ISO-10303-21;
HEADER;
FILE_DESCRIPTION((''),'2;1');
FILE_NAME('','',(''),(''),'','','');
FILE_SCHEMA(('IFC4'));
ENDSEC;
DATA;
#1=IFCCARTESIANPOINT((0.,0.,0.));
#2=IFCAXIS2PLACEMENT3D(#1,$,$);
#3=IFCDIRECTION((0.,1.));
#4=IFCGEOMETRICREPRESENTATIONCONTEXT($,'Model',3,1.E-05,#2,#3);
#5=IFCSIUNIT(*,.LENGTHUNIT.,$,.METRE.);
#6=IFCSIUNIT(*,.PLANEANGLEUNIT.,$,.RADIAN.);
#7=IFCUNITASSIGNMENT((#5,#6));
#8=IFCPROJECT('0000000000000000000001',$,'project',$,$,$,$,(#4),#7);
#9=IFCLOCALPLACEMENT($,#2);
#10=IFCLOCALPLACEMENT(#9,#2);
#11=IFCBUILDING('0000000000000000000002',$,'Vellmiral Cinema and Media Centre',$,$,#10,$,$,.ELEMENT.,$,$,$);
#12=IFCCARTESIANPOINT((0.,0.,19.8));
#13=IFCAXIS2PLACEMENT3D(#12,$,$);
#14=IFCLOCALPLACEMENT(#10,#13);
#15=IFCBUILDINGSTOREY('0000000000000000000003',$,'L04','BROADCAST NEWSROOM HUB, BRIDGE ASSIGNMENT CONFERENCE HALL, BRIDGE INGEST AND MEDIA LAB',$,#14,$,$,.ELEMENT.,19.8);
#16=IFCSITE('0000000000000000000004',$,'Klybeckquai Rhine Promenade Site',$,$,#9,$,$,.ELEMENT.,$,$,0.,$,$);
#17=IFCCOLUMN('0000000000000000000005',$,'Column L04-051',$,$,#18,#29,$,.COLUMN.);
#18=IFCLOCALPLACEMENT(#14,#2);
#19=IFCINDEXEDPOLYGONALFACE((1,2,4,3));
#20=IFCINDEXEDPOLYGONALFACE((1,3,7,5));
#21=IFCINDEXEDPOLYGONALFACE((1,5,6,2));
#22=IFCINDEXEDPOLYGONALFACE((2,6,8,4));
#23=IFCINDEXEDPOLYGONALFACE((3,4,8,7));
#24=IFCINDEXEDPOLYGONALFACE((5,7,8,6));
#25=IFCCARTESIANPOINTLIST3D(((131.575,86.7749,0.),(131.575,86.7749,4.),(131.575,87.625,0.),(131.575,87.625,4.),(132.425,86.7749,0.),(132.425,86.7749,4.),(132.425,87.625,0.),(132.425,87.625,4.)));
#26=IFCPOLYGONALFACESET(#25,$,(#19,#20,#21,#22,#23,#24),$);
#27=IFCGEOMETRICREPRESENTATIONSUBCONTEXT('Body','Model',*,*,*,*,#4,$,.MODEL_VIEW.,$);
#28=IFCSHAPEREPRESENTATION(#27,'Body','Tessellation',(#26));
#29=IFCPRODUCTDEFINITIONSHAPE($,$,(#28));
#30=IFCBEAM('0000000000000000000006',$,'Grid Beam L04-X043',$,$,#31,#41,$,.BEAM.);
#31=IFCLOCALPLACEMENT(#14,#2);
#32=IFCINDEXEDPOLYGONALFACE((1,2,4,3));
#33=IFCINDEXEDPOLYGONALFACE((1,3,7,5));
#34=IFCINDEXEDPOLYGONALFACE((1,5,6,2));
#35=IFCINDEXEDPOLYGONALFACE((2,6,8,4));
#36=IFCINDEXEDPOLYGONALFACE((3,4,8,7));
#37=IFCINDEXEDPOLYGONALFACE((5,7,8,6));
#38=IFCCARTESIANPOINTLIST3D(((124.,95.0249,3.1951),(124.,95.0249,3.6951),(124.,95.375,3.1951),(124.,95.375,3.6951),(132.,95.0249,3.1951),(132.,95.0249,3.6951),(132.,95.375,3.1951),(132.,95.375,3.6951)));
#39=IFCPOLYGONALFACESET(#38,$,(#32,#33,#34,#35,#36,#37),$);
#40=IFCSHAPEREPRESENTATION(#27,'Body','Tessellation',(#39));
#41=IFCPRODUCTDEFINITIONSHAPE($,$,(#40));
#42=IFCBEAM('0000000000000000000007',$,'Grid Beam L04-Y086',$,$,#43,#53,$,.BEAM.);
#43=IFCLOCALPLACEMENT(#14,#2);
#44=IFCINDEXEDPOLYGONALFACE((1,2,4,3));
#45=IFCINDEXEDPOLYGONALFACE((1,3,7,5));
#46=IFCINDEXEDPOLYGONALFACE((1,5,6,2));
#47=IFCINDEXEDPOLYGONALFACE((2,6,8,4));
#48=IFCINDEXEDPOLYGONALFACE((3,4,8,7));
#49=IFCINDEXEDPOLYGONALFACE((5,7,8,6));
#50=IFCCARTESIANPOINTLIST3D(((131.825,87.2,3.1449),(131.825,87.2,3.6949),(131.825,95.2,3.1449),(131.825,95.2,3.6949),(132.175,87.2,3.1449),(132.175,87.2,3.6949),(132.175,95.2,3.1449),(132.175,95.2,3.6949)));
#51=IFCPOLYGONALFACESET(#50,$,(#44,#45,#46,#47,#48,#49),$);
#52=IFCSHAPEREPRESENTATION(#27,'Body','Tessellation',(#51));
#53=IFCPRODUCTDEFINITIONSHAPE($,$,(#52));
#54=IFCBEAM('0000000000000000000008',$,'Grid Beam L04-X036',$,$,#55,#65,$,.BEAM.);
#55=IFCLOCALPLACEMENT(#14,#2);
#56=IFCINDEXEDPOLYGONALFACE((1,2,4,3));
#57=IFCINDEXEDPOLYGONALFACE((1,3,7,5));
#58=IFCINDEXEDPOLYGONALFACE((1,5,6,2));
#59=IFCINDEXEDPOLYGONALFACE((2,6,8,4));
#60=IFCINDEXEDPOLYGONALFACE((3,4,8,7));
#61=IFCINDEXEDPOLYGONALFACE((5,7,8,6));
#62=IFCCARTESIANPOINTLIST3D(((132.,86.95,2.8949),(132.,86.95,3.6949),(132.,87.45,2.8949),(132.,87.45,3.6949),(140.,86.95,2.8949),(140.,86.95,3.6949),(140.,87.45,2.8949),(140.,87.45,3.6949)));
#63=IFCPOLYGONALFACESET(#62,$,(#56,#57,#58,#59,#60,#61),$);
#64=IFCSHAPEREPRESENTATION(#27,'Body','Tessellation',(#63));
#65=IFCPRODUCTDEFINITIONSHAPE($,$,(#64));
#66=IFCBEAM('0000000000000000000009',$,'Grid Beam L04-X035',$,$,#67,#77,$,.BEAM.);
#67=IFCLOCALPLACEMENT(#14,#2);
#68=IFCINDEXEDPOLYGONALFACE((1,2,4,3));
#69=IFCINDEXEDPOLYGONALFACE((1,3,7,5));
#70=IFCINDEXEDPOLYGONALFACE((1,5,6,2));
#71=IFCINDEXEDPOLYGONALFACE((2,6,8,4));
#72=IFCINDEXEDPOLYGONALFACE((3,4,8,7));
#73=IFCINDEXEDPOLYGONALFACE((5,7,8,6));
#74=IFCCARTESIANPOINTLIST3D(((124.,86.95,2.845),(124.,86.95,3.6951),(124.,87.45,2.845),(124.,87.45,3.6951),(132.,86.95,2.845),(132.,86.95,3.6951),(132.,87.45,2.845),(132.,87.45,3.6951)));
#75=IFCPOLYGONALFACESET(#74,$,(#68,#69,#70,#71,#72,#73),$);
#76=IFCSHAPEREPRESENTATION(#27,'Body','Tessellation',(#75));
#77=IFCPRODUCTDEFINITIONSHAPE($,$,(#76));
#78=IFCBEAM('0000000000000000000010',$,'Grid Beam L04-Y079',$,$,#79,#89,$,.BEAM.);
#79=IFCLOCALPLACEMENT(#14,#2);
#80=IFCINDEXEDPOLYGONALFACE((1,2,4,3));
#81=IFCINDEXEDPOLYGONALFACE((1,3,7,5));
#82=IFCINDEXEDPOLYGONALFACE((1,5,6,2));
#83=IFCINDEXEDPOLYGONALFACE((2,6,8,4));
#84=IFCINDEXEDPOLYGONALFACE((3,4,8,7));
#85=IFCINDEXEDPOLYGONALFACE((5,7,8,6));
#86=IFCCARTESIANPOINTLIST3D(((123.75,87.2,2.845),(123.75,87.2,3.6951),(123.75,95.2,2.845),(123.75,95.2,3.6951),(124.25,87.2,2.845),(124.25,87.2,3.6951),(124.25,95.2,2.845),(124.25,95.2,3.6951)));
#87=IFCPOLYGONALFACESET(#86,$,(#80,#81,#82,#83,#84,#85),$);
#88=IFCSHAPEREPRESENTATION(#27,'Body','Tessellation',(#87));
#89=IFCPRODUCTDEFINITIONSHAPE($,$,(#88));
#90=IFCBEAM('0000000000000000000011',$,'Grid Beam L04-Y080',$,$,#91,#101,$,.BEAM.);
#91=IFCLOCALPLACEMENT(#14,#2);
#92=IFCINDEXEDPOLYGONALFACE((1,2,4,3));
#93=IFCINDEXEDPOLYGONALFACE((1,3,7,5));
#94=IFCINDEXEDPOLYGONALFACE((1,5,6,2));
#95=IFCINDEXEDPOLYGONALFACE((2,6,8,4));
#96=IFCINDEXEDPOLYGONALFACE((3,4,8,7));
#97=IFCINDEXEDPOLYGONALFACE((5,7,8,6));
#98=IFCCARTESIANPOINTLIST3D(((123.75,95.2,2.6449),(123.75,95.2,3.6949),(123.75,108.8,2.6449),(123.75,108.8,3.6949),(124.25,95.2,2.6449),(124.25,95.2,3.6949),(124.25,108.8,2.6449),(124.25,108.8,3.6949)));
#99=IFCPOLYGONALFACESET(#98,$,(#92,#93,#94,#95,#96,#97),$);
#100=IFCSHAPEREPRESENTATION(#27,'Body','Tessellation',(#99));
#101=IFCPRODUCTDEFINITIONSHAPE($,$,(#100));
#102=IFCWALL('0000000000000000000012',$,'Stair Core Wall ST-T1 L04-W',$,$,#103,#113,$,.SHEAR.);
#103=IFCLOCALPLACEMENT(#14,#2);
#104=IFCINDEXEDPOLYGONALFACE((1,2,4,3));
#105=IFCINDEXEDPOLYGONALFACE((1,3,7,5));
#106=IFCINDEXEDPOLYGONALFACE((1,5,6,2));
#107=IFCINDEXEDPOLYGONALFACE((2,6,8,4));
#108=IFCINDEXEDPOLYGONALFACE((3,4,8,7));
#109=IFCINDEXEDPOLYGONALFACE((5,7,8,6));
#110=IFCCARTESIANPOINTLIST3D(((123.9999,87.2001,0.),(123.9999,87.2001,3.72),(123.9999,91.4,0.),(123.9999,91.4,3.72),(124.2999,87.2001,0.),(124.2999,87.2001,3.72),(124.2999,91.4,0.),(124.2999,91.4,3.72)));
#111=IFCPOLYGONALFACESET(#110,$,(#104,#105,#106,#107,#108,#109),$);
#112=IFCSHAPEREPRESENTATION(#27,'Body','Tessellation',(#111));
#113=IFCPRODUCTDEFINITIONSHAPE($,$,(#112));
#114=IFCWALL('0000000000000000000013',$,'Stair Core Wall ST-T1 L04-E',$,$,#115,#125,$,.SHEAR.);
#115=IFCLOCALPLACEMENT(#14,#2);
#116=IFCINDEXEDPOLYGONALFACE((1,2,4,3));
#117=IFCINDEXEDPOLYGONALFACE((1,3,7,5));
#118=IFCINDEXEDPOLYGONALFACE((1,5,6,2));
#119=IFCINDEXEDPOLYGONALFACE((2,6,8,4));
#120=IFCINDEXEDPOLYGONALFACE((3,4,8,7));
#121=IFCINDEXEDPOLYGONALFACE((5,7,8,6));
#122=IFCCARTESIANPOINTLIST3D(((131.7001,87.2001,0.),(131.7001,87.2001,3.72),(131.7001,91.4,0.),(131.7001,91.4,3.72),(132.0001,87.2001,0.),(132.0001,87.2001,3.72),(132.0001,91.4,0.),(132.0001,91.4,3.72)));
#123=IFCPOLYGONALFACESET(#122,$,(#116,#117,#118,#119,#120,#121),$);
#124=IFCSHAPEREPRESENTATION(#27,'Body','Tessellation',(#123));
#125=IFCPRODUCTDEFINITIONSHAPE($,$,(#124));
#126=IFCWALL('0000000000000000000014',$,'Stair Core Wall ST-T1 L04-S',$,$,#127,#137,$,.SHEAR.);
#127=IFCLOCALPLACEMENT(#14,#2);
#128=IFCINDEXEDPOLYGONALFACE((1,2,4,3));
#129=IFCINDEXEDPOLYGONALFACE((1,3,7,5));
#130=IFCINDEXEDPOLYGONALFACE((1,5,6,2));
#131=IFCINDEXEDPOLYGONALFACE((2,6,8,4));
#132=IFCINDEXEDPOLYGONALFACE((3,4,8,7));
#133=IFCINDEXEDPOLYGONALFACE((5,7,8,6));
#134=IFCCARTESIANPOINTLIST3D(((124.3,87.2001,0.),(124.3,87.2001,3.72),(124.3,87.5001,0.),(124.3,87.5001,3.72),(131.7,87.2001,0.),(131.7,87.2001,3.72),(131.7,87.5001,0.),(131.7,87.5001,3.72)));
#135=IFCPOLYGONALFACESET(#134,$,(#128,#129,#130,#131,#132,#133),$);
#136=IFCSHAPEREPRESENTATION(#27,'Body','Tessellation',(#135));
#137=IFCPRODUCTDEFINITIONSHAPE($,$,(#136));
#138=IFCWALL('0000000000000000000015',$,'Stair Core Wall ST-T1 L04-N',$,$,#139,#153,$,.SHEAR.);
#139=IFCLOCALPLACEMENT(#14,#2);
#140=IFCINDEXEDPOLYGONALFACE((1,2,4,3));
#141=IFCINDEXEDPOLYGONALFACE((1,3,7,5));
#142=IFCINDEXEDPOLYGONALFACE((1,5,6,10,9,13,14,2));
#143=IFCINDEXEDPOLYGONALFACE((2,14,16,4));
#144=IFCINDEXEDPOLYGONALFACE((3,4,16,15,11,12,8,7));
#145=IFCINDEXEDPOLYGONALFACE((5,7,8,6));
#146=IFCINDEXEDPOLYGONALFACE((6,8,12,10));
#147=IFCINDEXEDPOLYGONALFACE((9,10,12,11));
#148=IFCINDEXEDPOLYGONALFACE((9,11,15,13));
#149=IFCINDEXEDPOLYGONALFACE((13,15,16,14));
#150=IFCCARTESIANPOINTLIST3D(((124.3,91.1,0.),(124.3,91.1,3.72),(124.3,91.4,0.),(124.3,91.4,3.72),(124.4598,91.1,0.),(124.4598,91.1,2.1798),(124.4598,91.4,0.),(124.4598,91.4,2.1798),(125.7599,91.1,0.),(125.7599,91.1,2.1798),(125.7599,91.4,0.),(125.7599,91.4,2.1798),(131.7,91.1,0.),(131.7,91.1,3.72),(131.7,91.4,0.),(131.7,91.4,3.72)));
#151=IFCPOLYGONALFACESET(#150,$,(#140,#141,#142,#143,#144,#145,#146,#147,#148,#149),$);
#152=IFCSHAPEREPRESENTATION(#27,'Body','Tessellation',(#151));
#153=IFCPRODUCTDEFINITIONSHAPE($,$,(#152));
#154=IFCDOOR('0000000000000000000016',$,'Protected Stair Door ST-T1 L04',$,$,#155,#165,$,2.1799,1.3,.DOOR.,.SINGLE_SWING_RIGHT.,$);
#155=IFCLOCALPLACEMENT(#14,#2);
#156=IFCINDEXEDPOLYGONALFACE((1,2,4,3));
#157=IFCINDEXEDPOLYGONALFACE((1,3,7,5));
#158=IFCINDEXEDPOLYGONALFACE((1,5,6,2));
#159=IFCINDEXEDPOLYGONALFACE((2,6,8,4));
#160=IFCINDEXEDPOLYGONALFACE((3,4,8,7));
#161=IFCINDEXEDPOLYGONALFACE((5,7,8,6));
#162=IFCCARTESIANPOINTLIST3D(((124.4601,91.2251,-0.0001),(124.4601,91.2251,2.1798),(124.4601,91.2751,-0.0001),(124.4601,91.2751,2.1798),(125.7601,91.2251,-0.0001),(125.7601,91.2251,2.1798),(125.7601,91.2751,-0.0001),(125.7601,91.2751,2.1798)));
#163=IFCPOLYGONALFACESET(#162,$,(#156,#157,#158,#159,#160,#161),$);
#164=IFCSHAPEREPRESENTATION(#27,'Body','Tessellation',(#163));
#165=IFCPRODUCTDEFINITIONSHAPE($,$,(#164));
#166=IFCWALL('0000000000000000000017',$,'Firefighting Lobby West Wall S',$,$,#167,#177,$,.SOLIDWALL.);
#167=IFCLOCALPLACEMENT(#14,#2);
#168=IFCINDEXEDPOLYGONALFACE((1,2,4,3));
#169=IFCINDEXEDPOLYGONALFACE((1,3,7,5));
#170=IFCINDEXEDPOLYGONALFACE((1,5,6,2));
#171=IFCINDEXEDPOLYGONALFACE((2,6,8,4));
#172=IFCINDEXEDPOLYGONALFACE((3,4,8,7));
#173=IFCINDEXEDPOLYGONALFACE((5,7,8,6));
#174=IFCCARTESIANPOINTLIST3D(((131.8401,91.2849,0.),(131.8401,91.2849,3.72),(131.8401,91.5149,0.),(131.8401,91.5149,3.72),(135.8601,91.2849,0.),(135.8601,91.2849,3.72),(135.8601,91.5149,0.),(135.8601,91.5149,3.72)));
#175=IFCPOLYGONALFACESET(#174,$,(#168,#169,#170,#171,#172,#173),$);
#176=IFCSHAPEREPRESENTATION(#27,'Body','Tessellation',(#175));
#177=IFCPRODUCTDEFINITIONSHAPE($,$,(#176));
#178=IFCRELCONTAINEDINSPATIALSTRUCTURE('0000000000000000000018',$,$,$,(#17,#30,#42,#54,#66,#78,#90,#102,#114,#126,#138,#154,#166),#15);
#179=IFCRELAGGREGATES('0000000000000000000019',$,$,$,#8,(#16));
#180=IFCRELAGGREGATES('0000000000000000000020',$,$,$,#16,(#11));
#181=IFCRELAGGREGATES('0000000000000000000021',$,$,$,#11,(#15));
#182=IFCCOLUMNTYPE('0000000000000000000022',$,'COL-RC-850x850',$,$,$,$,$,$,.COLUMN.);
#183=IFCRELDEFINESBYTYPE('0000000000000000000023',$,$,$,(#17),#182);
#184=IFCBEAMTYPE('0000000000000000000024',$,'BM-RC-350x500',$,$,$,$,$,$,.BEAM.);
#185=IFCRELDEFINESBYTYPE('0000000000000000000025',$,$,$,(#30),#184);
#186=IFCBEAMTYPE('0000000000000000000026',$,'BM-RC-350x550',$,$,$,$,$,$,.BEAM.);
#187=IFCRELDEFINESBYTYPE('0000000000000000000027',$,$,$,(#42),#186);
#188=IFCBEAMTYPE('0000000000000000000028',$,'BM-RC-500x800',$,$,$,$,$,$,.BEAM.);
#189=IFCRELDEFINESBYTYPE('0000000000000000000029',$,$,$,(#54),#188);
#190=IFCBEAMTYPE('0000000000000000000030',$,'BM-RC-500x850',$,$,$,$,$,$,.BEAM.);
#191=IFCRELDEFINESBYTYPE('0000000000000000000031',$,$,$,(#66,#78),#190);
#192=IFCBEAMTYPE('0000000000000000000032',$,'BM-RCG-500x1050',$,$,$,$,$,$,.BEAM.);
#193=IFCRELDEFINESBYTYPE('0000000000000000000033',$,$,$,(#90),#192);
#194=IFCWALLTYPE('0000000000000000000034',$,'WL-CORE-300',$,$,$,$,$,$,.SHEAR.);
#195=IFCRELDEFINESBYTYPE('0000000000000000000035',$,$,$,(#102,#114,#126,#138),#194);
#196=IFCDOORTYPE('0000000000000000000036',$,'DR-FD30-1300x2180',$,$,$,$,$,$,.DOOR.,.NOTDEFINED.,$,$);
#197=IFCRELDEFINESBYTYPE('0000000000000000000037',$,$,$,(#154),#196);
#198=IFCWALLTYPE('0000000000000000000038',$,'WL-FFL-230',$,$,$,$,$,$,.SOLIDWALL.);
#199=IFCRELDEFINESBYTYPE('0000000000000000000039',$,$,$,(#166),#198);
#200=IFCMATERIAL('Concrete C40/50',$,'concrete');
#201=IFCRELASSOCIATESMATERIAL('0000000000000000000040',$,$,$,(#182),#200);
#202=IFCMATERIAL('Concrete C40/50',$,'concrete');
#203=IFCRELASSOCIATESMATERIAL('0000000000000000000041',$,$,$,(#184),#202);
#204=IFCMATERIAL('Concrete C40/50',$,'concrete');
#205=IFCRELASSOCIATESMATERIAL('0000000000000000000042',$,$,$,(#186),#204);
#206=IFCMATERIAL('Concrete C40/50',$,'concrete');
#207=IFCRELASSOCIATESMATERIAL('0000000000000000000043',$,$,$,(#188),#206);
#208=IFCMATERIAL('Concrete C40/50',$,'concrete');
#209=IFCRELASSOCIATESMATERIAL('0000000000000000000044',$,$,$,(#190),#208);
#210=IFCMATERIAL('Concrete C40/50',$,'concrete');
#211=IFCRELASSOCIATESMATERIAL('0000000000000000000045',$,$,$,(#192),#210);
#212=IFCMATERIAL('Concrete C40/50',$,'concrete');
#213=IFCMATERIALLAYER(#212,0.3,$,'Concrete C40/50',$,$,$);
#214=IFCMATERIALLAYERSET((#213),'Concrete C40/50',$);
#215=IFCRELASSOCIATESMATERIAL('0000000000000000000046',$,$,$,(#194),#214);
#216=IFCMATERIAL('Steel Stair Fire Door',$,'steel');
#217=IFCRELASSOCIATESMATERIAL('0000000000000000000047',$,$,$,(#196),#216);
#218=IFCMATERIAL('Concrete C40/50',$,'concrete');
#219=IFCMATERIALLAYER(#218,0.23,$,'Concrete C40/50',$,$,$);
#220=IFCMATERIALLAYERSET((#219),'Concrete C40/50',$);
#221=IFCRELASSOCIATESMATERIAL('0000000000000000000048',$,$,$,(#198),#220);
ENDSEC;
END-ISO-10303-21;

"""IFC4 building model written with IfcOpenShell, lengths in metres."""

from ifc_helpers import new_model, si_unit, direction, frame, frame_2d, origin, origin_2d, place, context, subcontext, project, spatial, rectangle, extrude, material, layer, layer_set, material_profile, profile_set, type_object, element, fill, save


model = new_model("IFC4")

# Units and contexts
model_context = context("Model", 3, precision=1e-05, world=origin(), true_north=direction((0.0, 1.0)))
body_context = subcontext(model_context, "Body", "Model", "MODEL_VIEW")
ifc_project = project(units=[si_unit("LENGTHUNIT", "METRE"), si_unit("PLANEANGLEUNIT", "RADIAN")], contexts=[model_context])

# Site, building, storey
site_placement = place(None, origin())
site = spatial("IfcSite", under=ifc_project, at=site_placement, Name="Klybeckquai Rhine Promenade Site", CompositionType="ELEMENT", RefElevation=0.0)
building_placement = place(site_placement, origin())
building = spatial("IfcBuilding", under=site, at=building_placement, Name="Vellmiral Cinema and Media Centre", CompositionType="ELEMENT")
storey_placement = place(building_placement, frame((0.0, 0.0, 19.8)))
storey = spatial("IfcBuildingStorey", under=building, at=storey_placement, Name="L04", Description="BROADCAST NEWSROOM HUB, BRIDGE ASSIGNMENT CONFERENCE HALL, BRIDGE INGEST AND MEDIA LAB", CompositionType="ELEMENT", Elevation=19.8)

# Column
ifc_material_1 = material(Name="Concrete C40/50", Category="concrete")
ifc_material_profile_1 = material_profile(ifc_material_1, rectangle(XDim=0.8501, YDim=0.8501, at=origin_2d()), Name="RC 850x850")
ifc_profile_set_1 = profile_set([ifc_material_profile_1], Name="Concrete C40/50")
column_type = type_object("IfcColumnType", Name="COL-RC-850x850", PredefinedType="COLUMN", material=ifc_profile_set_1)
column_placement = place(storey_placement, frame((132.0, 87.2, 0.0), z_axis=(0.0, 0.0, 1.0), x_axis=(1.0, 0.0, 0.0)))
element("IfcColumn", 1, at=column_placement, inside=storey, type_object=column_type, Name="Column L04-051", PredefinedType="COLUMN", context=body_context, shape_type="SweptSolid", body=[
    extrude(rectangle(XDim=0.8501, YDim=0.8501, at=origin_2d()), origin(), (0.0, 0.0, 1.0), 4.0),
])

# Beams
ifc_material_2 = material(Name="Concrete C40/50", Category="concrete")
ifc_material_profile_2 = material_profile(ifc_material_2, rectangle(XDim=0.3501, YDim=0.5, at=origin_2d()), Name="RC 350x500")
ifc_profile_set_2 = profile_set([ifc_material_profile_2], Name="Concrete C40/50")
beam_type_1 = type_object("IfcBeamType", Name="BM-RC-350x500", PredefinedType="BEAM", material=ifc_profile_set_2)
beam_1_placement = place(storey_placement, frame((124.0, 95.2, 3.4451), z_axis=(1.0, 0.0, 0.0), x_axis=(0.0, 1.0, 0.0)))
element("IfcBeam", 2, at=beam_1_placement, inside=storey, type_object=beam_type_1, Name="Grid Beam L04-X043", PredefinedType="BEAM", context=body_context, shape_type="SweptSolid", body=[
    extrude(rectangle(XDim=0.3501, YDim=0.5, at=origin_2d()), origin(), (0.0, 0.0, 1.0), 8.0),
])
ifc_material_3 = material(Name="Concrete C40/50", Category="concrete")
ifc_material_profile_3 = material_profile(ifc_material_3, rectangle(XDim=0.3501, YDim=0.55, at=origin_2d()), Name="RC 350x550")
ifc_profile_set_3 = profile_set([ifc_material_profile_3], Name="Concrete C40/50")
beam_type_2 = type_object("IfcBeamType", Name="BM-RC-350x550", PredefinedType="BEAM", material=ifc_profile_set_3)
beam_2_placement = place(storey_placement, frame((132.0, 87.2, 3.4199), z_axis=(0.0, 1.0, 0.0), x_axis=(-1.0, 0.0, 0.0)))
element("IfcBeam", 3, at=beam_2_placement, inside=storey, type_object=beam_type_2, Name="Grid Beam L04-Y086", PredefinedType="BEAM", context=body_context, shape_type="SweptSolid", body=[
    extrude(rectangle(XDim=0.3501, YDim=0.55, at=origin_2d()), origin(), (0.0, 0.0, 1.0), 8.0),
])
ifc_material_4 = material(Name="Concrete C40/50", Category="concrete")
ifc_material_profile_4 = material_profile(ifc_material_4, rectangle(XDim=0.5, YDim=0.8, at=origin_2d()), Name="RC 500x800")
ifc_profile_set_4 = profile_set([ifc_material_profile_4], Name="Concrete C40/50")
beam_type_3 = type_object("IfcBeamType", Name="BM-RC-500x800", PredefinedType="BEAM", material=ifc_profile_set_4)
beam_3_placement = place(storey_placement, frame((132.0, 87.2, 3.2949), z_axis=(1.0, 0.0, 0.0), x_axis=(0.0, 1.0, 0.0)))
element("IfcBeam", 4, at=beam_3_placement, inside=storey, type_object=beam_type_3, Name="Grid Beam L04-X036", PredefinedType="BEAM", context=body_context, shape_type="SweptSolid", body=[
    extrude(rectangle(XDim=0.5, YDim=0.8, at=origin_2d()), origin(), (0.0, 0.0, 1.0), 8.0),
])
ifc_material_5 = material(Name="Concrete C40/50", Category="concrete")
ifc_material_profile_5 = material_profile(ifc_material_5, rectangle(XDim=0.5, YDim=0.8501, at=origin_2d()), Name="RC 500x850")
ifc_profile_set_5 = profile_set([ifc_material_profile_5], Name="Concrete C40/50")
beam_type_4 = type_object("IfcBeamType", Name="BM-RC-500x850", PredefinedType="BEAM", material=ifc_profile_set_5)
for number, where, z_axis, x_axis, name in (
    (5, (124.0, 87.2, 3.27), (1.0, 0.0, 0.0), (0.0, 1.0, 0.0), "Grid Beam L04-X035"),
    (6, (124.0, 87.2, 3.27), (0.0, 1.0, 0.0), (-1.0, 0.0, 0.0), "Grid Beam L04-Y079"),
):
    element("IfcBeam", number, at=place(storey_placement, frame(where, z_axis=z_axis, x_axis=x_axis)), inside=storey, type_object=beam_type_4, Name=name, PredefinedType="BEAM", context=body_context, shape_type="SweptSolid", body=[
        extrude(rectangle(XDim=0.5, YDim=0.8501, at=origin_2d()), origin(), (0.0, 0.0, 1.0), 8.0),
    ])
ifc_material_6 = material(Name="Concrete C40/50", Category="concrete")
ifc_material_profile_6 = material_profile(ifc_material_6, rectangle(XDim=0.5, YDim=1.05, at=origin_2d()), Name="RC 500x1050")
ifc_profile_set_6 = profile_set([ifc_material_profile_6], Name="Concrete C40/50")
beam_type_5 = type_object("IfcBeamType", Name="BM-RCG-500x1050", PredefinedType="BEAM", material=ifc_profile_set_6)
beam_4_placement = place(storey_placement, frame((124.0, 95.2, 3.1699), z_axis=(0.0, 1.0, 0.0), x_axis=(-1.0, 0.0, 0.0)))
element("IfcBeam", 7, at=beam_4_placement, inside=storey, type_object=beam_type_5, Name="Grid Beam L04-Y080", PredefinedType="BEAM", context=body_context, shape_type="SweptSolid", body=[
    extrude(rectangle(XDim=0.5, YDim=1.05, at=origin_2d()), origin(), (0.0, 0.0, 1.0), 13.6001),
])

# Walls
ifc_material_7 = material(Name="Concrete C40/50", Category="concrete")
ifc_layer_1 = layer(ifc_material_7, 0.3, Name="Concrete C40/50")
ifc_layer_set_1 = layer_set([ifc_layer_1], Name="Concrete C40/50")
wall_type_1 = type_object("IfcWallType", Name="WL-CORE-300", PredefinedType="SHEAR", material=ifc_layer_set_1)
for number, where, z_axis, x_axis, name in (
    (8, (124.1499, 87.2, 0.0), (0.0, 0.0, 1.0), (0.0, 1.0, 0.0), "Stair Core Wall ST-T1 L04-W"),
    (9, (131.8501, 87.2, 0.0), (0.0, 0.0, 1.0), (0.0, 1.0, 0.0), "Stair Core Wall ST-T1 L04-E"),
):
    element("IfcWall", number, at=place(storey_placement, frame(where, z_axis=z_axis, x_axis=x_axis)), inside=storey, type_object=wall_type_1, Name=name, PredefinedType="SHEAR", context=body_context, shape_type="SweptSolid", body=[
        extrude(rectangle(XDim=4.2, YDim=0.3, at=frame_2d((2.1001, 0.0))), origin(), (0.0, 0.0, 1.0), 3.72),
    ])
wall_1_placement = place(storey_placement, frame((124.3, 87.3501, 0.0), z_axis=(0.0, 0.0, 1.0), x_axis=(1.0, 0.0, 0.0)))
element("IfcWall", 10, at=wall_1_placement, inside=storey, type_object=wall_type_1, Name="Stair Core Wall ST-T1 L04-S", PredefinedType="SHEAR", context=body_context, shape_type="SweptSolid", body=[
    extrude(rectangle(XDim=7.3999, YDim=0.3, at=frame_2d((3.7, 0.0))), origin(), (0.0, 0.0, 1.0), 3.72),
])

# Wall, opening, door
wall_2_placement = place(storey_placement, frame((124.3, 91.25, 0.0), z_axis=(0.0, 0.0, 1.0), x_axis=(1.0, 0.0, 0.0)))
wall_2 = element("IfcWall", 11, at=wall_2_placement, inside=storey, type_object=wall_type_1, Name="Stair Core Wall ST-T1 L04-N", PredefinedType="SHEAR", context=body_context, shape_type="SweptSolid", body=[
    extrude(rectangle(XDim=7.3999, YDim=0.3, at=frame_2d((3.7, 0.0))), origin(), (0.0, 0.0, 1.0), 3.72),
])
opening_1_placement = place(wall_2_placement, frame((0.1599, 0.0, 0.0)))
opening_1 = element("IfcOpeningElement", 12, at=opening_1_placement, cuts=wall_2, PredefinedType="OPENING", context=body_context, shape_type="SweptSolid", body=[
    extrude(rectangle(XDim=1.3, YDim=2.1799, at=frame_2d((0.6499, 1.0898))), frame((0.0, 0.1621, 0.0), z_axis=(0.0, -1.0, 0.0), x_axis=(1.0, 0.0, 0.0)), (0.0, 0.0, 1.0), 0.324),
])
ifc_material_8 = material(Name="Steel Stair Fire Door", Category="steel")
door_type_1 = type_object("IfcDoorType", Name="DR-FD30-1300x2180", OperationType="NOTDEFINED", PredefinedType="DOOR", material=ifc_material_8)
door_1_placement = place(opening_1_placement, frame((1.3, 0.0, 0.0), z_axis=(0.0, 0.0, 1.0), x_axis=(-1.0, 0.0, 0.0)))
door_1 = element("IfcDoor", 13, at=door_1_placement, inside=storey, type_object=door_type_1, Name="Protected Stair Door ST-T1 L04", OperationType="SINGLE_SWING_RIGHT", OverallHeight=2.1799, OverallWidth=1.3, PredefinedType="DOOR", context=body_context, shape_type="SweptSolid", body=[
    extrude(rectangle(XDim=1.3, YDim=2.1799, at=frame_2d((0.6499, 1.0898))), frame((0.0, 0.0249, 0.0), z_axis=(0.0, -1.0, 0.0), x_axis=(1.0, 0.0, 0.0)), (0.0, 0.0, 1.0), 0.05),
])
fill(opening_1, door_1)

# Wall
ifc_material_9 = material(Name="Concrete C40/50", Category="concrete")
ifc_layer_2 = layer(ifc_material_9, 0.23, Name="Concrete C40/50")
ifc_layer_set_2 = layer_set([ifc_layer_2], Name="Concrete C40/50")
wall_type_2 = type_object("IfcWallType", Name="WL-FFL-230", PredefinedType="SOLIDWALL", material=ifc_layer_set_2)
wall_3_placement = place(storey_placement, frame((131.8401, 91.3999, 0.0), z_axis=(0.0, 0.0, 1.0), x_axis=(1.0, 0.0, 0.0)))
element("IfcWall", 14, at=wall_3_placement, inside=storey, type_object=wall_type_2, Name="Firefighting Lobby West Wall S", PredefinedType="SOLIDWALL", context=body_context, shape_type="SweptSolid", body=[
    extrude(rectangle(XDim=4.02, YDim=0.23, at=frame_2d((2.01, 0.0))), origin(), (0.0, 0.0, 1.0), 3.72),
])

save(model, "model.ifc")
